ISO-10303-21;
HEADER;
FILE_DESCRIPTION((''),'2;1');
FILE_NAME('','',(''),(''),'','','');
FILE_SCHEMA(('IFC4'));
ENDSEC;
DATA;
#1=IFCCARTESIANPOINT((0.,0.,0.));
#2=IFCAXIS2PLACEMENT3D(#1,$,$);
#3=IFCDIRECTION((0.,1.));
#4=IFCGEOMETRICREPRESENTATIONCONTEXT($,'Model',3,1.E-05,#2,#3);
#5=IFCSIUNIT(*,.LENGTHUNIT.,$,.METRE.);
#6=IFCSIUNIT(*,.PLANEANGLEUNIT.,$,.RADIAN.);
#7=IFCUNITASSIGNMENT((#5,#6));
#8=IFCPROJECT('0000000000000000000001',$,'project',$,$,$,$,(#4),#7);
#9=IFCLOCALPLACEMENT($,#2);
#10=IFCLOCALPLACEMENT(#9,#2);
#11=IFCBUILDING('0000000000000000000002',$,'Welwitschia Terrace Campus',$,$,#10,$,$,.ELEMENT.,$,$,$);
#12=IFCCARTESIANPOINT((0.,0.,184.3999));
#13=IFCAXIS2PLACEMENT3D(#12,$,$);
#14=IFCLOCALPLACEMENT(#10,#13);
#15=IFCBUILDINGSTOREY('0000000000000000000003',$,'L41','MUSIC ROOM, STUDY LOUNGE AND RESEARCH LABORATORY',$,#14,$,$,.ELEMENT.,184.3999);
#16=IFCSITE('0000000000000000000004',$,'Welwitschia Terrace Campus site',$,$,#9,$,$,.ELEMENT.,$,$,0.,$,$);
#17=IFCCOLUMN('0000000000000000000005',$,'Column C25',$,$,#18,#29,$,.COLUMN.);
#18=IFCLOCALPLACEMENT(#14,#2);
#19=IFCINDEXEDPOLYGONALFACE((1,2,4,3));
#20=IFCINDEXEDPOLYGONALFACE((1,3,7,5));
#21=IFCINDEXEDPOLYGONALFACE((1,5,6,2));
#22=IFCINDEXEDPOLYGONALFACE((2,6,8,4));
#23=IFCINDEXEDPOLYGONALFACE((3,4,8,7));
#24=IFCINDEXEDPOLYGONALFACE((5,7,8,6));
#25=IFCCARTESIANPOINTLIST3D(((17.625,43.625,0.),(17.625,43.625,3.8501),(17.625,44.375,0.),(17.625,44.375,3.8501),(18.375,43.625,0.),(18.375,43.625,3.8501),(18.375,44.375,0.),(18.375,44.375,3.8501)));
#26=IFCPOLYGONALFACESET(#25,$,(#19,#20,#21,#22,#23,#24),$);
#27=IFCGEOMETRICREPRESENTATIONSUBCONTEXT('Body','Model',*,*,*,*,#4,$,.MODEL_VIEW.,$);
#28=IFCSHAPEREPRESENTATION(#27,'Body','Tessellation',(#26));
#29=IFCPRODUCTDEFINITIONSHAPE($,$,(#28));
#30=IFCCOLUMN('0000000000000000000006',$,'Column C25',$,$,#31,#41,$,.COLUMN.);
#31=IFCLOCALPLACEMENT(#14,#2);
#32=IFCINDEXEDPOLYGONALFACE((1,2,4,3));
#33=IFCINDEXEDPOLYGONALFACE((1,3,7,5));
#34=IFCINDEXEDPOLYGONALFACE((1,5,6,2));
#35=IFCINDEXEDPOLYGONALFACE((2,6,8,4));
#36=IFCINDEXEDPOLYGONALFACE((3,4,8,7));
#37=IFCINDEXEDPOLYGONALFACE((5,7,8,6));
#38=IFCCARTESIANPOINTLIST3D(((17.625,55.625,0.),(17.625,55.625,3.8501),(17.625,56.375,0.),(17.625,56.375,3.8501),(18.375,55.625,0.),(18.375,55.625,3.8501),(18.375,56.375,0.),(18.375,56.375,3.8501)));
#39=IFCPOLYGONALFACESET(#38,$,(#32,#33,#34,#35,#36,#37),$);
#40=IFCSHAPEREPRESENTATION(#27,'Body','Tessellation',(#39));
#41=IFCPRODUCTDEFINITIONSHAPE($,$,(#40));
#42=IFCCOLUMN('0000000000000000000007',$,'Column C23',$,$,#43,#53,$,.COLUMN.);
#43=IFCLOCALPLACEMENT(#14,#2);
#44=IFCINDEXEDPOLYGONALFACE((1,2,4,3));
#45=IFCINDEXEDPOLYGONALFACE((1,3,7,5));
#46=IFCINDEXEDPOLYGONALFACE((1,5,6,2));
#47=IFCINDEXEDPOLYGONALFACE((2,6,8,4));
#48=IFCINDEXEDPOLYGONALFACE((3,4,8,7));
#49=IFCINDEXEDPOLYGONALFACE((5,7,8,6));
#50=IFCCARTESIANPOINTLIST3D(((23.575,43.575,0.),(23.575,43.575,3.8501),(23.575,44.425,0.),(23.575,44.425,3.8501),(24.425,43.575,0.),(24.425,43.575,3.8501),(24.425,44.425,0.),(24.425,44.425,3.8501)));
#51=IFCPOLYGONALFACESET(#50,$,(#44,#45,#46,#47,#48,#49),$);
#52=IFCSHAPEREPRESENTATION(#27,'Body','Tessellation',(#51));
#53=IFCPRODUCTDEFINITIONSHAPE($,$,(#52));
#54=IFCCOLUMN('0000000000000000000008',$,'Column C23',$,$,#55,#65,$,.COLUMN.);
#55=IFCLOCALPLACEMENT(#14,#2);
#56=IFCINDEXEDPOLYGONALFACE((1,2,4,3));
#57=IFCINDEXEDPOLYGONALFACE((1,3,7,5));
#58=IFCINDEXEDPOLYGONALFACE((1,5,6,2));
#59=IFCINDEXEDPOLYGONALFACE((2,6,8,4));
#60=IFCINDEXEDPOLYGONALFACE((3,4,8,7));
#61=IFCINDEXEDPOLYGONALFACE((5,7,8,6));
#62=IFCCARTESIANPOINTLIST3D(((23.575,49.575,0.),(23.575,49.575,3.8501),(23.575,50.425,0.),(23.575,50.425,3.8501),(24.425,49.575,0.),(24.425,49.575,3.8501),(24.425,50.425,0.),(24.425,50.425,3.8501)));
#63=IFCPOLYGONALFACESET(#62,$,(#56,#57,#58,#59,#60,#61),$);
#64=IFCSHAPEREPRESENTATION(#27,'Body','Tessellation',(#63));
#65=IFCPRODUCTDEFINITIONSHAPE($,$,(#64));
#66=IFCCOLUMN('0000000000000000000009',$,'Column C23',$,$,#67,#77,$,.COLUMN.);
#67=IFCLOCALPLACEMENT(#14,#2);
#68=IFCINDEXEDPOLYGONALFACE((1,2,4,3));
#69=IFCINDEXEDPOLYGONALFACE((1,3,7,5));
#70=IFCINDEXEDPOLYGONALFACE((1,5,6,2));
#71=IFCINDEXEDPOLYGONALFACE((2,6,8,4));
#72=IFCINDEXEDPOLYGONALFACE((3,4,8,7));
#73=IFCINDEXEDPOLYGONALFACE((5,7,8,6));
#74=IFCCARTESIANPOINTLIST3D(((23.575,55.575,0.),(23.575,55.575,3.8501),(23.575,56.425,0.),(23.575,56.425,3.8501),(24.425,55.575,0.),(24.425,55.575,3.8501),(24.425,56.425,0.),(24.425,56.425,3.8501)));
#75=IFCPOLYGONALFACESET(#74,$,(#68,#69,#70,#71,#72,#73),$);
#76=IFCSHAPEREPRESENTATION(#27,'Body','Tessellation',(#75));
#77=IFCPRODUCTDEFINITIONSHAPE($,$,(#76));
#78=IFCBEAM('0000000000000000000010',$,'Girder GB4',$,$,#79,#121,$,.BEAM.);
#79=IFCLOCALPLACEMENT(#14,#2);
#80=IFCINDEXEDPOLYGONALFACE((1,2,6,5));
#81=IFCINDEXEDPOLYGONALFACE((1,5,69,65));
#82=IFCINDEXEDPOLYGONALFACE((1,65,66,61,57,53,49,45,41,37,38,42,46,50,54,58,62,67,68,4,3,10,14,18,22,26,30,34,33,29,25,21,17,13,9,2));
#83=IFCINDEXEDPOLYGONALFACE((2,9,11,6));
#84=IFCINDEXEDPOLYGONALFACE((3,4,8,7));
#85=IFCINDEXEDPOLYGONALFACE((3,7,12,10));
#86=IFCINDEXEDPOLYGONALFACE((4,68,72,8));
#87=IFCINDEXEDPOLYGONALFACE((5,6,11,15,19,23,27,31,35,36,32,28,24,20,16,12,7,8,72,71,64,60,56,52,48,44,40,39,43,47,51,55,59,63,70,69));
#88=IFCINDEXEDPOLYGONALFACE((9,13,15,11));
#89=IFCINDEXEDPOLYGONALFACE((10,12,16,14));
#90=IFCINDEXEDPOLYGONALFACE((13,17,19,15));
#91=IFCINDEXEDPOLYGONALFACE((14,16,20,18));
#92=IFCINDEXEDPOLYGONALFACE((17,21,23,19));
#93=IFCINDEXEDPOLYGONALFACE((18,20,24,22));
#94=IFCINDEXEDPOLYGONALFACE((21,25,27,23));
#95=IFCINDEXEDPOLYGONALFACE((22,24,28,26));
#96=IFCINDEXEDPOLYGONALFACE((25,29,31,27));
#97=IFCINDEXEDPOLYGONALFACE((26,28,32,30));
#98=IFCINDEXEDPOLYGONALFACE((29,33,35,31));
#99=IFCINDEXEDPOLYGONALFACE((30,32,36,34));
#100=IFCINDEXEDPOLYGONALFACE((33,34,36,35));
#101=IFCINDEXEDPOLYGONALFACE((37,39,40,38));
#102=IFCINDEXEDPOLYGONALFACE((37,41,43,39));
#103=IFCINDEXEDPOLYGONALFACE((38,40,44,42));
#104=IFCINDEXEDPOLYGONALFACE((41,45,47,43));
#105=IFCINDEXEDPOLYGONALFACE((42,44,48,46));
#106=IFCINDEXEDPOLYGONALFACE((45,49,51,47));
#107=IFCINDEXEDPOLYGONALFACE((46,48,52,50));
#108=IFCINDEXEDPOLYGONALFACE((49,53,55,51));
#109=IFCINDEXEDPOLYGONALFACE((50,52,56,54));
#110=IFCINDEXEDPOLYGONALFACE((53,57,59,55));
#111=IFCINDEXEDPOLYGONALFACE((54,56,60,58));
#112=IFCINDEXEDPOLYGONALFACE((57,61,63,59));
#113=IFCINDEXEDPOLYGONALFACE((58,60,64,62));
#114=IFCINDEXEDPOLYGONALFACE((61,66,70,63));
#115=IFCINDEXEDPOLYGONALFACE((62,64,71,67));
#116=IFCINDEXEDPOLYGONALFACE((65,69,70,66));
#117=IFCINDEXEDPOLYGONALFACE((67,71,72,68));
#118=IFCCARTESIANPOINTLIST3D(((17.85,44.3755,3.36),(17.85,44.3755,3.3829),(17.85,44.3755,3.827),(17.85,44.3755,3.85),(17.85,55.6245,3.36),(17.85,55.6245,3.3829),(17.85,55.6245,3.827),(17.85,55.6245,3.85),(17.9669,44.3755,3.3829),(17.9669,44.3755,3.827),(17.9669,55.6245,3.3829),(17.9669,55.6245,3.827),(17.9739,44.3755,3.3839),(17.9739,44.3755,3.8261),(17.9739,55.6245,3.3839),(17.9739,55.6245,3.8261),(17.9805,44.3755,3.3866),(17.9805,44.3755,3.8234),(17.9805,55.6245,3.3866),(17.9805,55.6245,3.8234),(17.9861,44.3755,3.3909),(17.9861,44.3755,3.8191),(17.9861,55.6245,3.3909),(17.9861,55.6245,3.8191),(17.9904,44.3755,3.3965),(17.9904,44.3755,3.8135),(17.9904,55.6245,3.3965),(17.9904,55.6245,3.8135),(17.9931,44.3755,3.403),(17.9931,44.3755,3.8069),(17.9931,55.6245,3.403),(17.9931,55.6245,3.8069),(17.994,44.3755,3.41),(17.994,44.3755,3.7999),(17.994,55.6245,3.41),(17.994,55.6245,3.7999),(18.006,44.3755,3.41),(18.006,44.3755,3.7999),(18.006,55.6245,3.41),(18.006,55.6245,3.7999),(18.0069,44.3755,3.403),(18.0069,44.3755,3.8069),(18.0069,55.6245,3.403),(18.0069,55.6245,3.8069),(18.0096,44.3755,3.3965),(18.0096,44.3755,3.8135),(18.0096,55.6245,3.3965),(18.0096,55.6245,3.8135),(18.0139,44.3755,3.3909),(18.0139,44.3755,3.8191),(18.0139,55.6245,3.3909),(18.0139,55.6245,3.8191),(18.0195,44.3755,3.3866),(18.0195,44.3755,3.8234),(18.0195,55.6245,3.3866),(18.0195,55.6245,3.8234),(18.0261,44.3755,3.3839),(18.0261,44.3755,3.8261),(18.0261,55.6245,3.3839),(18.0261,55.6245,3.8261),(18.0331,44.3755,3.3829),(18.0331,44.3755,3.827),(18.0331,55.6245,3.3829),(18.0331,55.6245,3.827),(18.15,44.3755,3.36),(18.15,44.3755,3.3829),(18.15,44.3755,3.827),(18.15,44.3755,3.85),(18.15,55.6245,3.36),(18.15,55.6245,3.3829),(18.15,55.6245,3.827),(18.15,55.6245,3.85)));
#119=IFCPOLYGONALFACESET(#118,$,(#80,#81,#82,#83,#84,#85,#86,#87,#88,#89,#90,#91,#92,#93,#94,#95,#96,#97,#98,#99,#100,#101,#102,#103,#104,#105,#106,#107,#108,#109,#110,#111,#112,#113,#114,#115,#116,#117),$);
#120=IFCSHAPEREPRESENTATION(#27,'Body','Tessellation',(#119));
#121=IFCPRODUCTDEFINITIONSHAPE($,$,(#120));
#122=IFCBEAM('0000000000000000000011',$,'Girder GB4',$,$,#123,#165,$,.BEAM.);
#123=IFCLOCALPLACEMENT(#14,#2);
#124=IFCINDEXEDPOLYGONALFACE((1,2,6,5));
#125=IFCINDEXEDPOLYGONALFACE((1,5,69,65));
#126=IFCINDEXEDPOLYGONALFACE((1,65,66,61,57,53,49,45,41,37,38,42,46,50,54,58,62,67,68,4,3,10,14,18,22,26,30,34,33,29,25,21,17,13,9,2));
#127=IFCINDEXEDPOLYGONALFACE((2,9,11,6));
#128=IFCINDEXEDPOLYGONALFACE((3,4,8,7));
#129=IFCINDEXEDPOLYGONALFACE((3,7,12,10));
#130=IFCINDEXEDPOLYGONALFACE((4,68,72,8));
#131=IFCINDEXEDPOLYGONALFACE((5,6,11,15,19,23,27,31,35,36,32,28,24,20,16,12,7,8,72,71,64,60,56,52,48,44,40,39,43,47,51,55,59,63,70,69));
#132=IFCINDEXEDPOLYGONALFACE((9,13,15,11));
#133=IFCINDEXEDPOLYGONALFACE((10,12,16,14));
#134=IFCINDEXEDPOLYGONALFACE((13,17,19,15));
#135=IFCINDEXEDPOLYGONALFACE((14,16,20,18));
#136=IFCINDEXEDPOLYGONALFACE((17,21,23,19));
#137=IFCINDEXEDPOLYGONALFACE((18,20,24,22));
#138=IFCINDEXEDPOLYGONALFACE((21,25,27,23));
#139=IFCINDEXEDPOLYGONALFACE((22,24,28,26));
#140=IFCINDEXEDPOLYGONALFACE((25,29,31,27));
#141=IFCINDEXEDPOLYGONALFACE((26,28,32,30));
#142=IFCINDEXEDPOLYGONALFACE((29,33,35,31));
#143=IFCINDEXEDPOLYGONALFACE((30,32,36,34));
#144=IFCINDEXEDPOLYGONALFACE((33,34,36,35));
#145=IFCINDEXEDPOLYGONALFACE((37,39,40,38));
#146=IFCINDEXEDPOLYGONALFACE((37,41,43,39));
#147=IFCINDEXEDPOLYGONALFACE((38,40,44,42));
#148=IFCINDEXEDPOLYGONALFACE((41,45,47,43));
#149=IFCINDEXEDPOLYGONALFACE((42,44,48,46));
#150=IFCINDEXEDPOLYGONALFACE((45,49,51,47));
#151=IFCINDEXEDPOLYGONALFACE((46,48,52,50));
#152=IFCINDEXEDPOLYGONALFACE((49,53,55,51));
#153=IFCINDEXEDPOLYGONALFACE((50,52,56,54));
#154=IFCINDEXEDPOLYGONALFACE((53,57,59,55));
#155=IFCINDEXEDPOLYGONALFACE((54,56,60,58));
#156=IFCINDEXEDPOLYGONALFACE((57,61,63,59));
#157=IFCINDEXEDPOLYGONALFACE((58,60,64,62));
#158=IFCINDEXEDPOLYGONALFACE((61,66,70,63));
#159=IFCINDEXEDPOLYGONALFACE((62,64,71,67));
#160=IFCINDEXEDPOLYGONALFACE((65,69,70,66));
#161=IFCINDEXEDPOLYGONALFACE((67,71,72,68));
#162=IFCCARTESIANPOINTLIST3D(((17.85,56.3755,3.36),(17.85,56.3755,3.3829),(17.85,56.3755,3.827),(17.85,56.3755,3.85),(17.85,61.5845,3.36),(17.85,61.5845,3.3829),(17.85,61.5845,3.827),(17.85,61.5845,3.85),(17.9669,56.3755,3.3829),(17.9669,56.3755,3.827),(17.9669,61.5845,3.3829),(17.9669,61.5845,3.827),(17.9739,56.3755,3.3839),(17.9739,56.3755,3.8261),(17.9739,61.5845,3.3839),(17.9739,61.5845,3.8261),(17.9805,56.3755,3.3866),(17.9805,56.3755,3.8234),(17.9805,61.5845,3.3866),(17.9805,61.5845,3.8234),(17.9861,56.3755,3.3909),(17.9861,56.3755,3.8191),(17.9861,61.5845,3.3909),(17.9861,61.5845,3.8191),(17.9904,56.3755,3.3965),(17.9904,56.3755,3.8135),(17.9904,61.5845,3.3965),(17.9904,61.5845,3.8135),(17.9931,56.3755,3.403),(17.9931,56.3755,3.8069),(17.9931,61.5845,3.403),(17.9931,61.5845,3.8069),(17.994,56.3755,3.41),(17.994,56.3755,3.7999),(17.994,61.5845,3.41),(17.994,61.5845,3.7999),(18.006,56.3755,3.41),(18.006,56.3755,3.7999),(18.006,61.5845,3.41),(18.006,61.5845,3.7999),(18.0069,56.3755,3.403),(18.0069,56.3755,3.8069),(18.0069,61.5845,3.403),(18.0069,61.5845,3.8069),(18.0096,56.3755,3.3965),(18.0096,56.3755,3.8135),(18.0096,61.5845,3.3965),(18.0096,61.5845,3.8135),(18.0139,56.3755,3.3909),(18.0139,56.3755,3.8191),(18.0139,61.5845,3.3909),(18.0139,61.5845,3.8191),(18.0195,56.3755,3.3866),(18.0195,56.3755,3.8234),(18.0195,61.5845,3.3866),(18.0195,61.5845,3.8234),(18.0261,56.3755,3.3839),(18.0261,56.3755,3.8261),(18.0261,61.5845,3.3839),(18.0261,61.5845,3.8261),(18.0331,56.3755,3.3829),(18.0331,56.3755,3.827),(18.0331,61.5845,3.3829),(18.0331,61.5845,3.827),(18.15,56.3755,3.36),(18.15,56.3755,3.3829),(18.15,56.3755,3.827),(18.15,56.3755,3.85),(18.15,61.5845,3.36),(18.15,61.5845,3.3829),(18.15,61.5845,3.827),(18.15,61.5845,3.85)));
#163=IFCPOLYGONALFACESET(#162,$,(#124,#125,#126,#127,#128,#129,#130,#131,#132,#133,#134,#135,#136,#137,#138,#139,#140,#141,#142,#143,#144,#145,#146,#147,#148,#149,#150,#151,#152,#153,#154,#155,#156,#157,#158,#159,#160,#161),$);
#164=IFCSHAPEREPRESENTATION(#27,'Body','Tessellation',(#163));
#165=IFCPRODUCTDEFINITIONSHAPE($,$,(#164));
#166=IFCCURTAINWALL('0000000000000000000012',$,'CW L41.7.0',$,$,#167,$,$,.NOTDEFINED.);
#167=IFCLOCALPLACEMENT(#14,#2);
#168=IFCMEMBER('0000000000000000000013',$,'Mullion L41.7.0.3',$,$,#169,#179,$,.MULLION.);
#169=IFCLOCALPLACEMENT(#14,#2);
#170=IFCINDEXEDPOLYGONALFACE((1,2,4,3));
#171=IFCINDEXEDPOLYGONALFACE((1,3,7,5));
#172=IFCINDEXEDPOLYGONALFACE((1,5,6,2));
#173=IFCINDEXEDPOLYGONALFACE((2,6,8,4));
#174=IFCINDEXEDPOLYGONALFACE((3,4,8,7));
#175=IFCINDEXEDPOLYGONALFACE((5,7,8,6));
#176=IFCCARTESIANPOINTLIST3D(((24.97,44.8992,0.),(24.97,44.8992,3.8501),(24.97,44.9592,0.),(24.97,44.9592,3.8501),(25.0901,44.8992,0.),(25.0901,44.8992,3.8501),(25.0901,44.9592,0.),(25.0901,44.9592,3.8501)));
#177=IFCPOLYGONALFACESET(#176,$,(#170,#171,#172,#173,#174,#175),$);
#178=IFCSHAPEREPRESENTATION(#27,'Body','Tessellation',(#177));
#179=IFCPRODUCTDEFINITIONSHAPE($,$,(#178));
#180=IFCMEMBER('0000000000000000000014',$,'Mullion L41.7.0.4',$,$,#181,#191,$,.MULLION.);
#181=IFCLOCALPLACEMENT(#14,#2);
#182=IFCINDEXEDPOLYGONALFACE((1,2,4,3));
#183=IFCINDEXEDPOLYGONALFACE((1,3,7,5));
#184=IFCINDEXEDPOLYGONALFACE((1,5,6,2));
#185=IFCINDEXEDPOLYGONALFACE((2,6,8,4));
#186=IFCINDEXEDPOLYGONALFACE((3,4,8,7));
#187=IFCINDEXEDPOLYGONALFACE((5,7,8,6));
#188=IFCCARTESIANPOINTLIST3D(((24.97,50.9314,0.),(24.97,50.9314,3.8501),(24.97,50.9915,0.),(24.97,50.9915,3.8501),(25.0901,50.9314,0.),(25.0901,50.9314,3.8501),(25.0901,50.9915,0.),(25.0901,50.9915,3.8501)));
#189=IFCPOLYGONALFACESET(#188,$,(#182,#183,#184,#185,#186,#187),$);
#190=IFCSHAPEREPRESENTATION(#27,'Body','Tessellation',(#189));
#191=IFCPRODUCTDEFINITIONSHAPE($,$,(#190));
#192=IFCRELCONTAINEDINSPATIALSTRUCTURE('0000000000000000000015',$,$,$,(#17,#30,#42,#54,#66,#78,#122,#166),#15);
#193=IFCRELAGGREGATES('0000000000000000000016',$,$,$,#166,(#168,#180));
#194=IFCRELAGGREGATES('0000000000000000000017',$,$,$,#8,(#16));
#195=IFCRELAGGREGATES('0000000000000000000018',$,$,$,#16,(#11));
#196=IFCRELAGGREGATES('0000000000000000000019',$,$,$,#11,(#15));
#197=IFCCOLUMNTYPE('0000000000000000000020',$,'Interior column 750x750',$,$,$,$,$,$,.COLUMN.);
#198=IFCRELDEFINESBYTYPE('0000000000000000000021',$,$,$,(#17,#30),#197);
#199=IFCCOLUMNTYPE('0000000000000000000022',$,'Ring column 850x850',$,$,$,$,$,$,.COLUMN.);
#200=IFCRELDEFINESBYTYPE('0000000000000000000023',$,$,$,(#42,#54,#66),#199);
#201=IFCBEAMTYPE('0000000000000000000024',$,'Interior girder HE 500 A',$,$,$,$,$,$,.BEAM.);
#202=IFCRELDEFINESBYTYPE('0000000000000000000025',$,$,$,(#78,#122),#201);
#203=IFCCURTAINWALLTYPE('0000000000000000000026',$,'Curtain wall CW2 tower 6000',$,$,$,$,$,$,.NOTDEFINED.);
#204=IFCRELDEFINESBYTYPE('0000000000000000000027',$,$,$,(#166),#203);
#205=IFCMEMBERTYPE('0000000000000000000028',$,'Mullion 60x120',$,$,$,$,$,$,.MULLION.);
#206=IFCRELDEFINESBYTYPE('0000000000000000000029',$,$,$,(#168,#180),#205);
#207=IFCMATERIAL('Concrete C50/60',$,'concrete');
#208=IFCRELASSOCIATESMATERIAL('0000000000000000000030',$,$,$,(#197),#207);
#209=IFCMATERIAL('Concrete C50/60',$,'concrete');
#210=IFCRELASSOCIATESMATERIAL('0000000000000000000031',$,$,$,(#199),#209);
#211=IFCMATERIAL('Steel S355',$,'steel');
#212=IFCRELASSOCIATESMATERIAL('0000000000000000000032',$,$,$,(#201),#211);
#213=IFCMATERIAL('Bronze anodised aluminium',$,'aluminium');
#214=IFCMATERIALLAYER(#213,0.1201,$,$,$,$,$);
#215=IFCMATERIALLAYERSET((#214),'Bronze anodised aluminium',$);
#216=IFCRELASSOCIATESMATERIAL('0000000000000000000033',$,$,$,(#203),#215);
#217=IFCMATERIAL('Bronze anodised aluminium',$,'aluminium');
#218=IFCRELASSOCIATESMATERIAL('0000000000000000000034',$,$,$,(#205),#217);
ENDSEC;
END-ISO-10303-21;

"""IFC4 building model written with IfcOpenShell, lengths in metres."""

from ifc_helpers import new_model, si_unit, direction, frame, origin, origin_2d, place, context, subcontext, project, spatial, rectangle, i_section, extrude, material, layer, layer_set, material_profile, profile_set, type_object, element, aggregate, save


model = new_model("IFC4")

# Units and contexts
model_context = context("Model", 3, precision=1e-05, world=origin(), true_north=direction((0.0, 1.0)))
body_context = subcontext(model_context, "Body", "Model", "MODEL_VIEW")
ifc_project = project(units=[si_unit("LENGTHUNIT", "METRE"), si_unit("PLANEANGLEUNIT", "RADIAN")], contexts=[model_context])

# Site, building, storey
site_placement = place(None, origin())
site = spatial("IfcSite", under=ifc_project, at=site_placement, Name="Welwitschia Terrace Campus site", CompositionType="ELEMENT", RefElevation=0.0)
building_placement = place(site_placement, origin())
building = spatial("IfcBuilding", under=site, at=building_placement, Name="Welwitschia Terrace Campus", CompositionType="ELEMENT")
storey_placement = place(building_placement, frame((0.0, 0.0, 184.3999)))
storey = spatial("IfcBuildingStorey", under=building, at=storey_placement, Name="L41", Description="MUSIC ROOM, STUDY LOUNGE AND RESEARCH LABORATORY", CompositionType="ELEMENT", Elevation=184.3999)

# Columns
ifc_material_1 = material(Name="Concrete C50/60", Category="concrete")
ifc_material_profile_1 = material_profile(ifc_material_1, rectangle(XDim=0.75, YDim=0.75, at=origin_2d()))
ifc_profile_set_1 = profile_set([ifc_material_profile_1], Name="Concrete C50/60")
column_type_1 = type_object("IfcColumnType", Name="Interior column 750x750", PredefinedType="COLUMN", material=ifc_profile_set_1)
for number, where, z_axis, x_axis, name in (
    (1, (18.0, 44.0, 0.0), (0.0, 0.0, 1.0), (1.0, 0.0, 0.0), "Column C25"),
    (2, (18.0, 56.0, 0.0), (0.0, 0.0, 1.0), (1.0, 0.0, 0.0), "Column C25"),
):
    element("IfcColumn", number, at=place(storey_placement, frame(where, z_axis=z_axis, x_axis=x_axis)), inside=storey, type_object=column_type_1, Name=name, PredefinedType="COLUMN", context=body_context, shape_type="SweptSolid", body=[
        extrude(rectangle(XDim=0.75, YDim=0.75, at=origin_2d()), origin(), (0.0, 0.0, 1.0), 3.8501),
    ])
ifc_material_2 = material(Name="Concrete C50/60", Category="concrete")
ifc_material_profile_2 = material_profile(ifc_material_2, rectangle(XDim=0.8501, YDim=0.8501, at=origin_2d()))
ifc_profile_set_2 = profile_set([ifc_material_profile_2], Name="Concrete C50/60")
column_type_2 = type_object("IfcColumnType", Name="Ring column 850x850", PredefinedType="COLUMN", material=ifc_profile_set_2)
for number, where, z_axis, x_axis, name in (
    (3, (24.0, 44.0, 0.0), (0.0, 0.0, 1.0), (1.0, 0.0, 0.0), "Column C23"),
    (4, (24.0, 50.0, 0.0), (0.0, 0.0, 1.0), (1.0, 0.0, 0.0), "Column C23"),
    (5, (24.0, 56.0, 0.0), (0.0, 0.0, 1.0), (1.0, 0.0, 0.0), "Column C23"),
):
    element("IfcColumn", number, at=place(storey_placement, frame(where, z_axis=z_axis, x_axis=x_axis)), inside=storey, type_object=column_type_2, Name=name, PredefinedType="COLUMN", context=body_context, shape_type="SweptSolid", body=[
        extrude(rectangle(XDim=0.8501, YDim=0.8501, at=origin_2d()), origin(), (0.0, 0.0, 1.0), 3.8501),
    ])

# Beams
ifc_material_3 = material(Name="Steel S355", Category="steel")
ifc_material_profile_3 = material_profile(ifc_material_3, i_section(OverallWidth=0.3, OverallDepth=0.49, WebThickness=0.012, FlangeThickness=0.0229, FilletRadius=0.0271, at=origin_2d()))
ifc_profile_set_3 = profile_set([ifc_material_profile_3], Name="Steel S355")
beam_type_1 = type_object("IfcBeamType", Name="Interior girder HE 500 A", PredefinedType="BEAM", material=ifc_profile_set_3)
beam_1_placement = place(storey_placement, frame((18.0, 44.3755, 3.605), z_axis=(0.0, 1.0, 0.0), x_axis=(-1.0, 0.0, 0.0)))
element("IfcBeam", 6, at=beam_1_placement, inside=storey, type_object=beam_type_1, Name="Girder GB4", PredefinedType="BEAM", context=body_context, shape_type="SweptSolid", body=[
    extrude(i_section(OverallWidth=0.3, OverallDepth=0.49, WebThickness=0.012, FlangeThickness=0.0229, FilletRadius=0.0271, at=origin_2d()), origin(), (0.0, 0.0, 1.0), 11.249),
])
beam_2_placement = place(storey_placement, frame((18.0, 56.3755, 3.605), z_axis=(0.0, 1.0, 0.0), x_axis=(-1.0, 0.0, 0.0)))
element("IfcBeam", 7, at=beam_2_placement, inside=storey, type_object=beam_type_1, Name="Girder GB4", PredefinedType="BEAM", context=body_context, shape_type="SweptSolid", body=[
    extrude(i_section(OverallWidth=0.3, OverallDepth=0.49, WebThickness=0.012, FlangeThickness=0.0229, FilletRadius=0.0271, at=origin_2d()), origin(), (0.0, 0.0, 1.0), 5.209),
])

# Curtain wall, members
ifc_material_4 = material(Name="Bronze anodised aluminium", Category="aluminium")
ifc_layer_1 = layer(ifc_material_4, 0.1201)
ifc_layer_set_1 = layer_set([ifc_layer_1], Name="Bronze anodised aluminium")
curtain_wall_type = type_object("IfcCurtainWallType", Name="Curtain wall CW2 tower 6000", PredefinedType="NOTDEFINED", material=ifc_layer_set_1)
curtain_wall_placement = place(storey_placement, origin())
curtain_wall = element("IfcCurtainWall", 8, at=curtain_wall_placement, inside=storey, type_object=curtain_wall_type, Name="CW L41.7.0", PredefinedType="NOTDEFINED")
ifc_material_5 = material(Name="Bronze anodised aluminium", Category="aluminium")
ifc_material_profile_4 = material_profile(ifc_material_5, rectangle(XDim=0.1201, YDim=0.0601, at=origin_2d()))
ifc_profile_set_4 = profile_set([ifc_material_profile_4], Name="Bronze anodised aluminium")
member_type = type_object("IfcMemberType", Name="Mullion 60x120", PredefinedType="MULLION", material=ifc_profile_set_4)
member_1_placement = place(storey_placement, frame((25.03, 44.9292, 0.0), z_axis=(0.0, 0.0, 1.0), x_axis=(-1.0, 0.0, 0.0)))
member_1 = element("IfcMember", 9, at=member_1_placement, type_object=member_type, Name="Mullion L41.7.0.3", PredefinedType="MULLION", context=body_context, shape_type="SweptSolid", body=[
    extrude(rectangle(XDim=0.1201, YDim=0.0601, at=origin_2d()), origin(), (0.0, 0.0, 1.0), 3.8501),
])
member_2_placement = place(storey_placement, frame((25.03, 50.9614, 0.0), z_axis=(0.0, 0.0, 1.0), x_axis=(-1.0, 0.0, 0.0)))
member_2 = element("IfcMember", 10, at=member_2_placement, type_object=member_type, Name="Mullion L41.7.0.4", PredefinedType="MULLION", context=body_context, shape_type="SweptSolid", body=[
    extrude(rectangle(XDim=0.1201, YDim=0.0601, at=origin_2d()), origin(), (0.0, 0.0, 1.0), 3.8501),
])

aggregate(curtain_wall, [member_1, member_2])

save(model, "model.ifc")
